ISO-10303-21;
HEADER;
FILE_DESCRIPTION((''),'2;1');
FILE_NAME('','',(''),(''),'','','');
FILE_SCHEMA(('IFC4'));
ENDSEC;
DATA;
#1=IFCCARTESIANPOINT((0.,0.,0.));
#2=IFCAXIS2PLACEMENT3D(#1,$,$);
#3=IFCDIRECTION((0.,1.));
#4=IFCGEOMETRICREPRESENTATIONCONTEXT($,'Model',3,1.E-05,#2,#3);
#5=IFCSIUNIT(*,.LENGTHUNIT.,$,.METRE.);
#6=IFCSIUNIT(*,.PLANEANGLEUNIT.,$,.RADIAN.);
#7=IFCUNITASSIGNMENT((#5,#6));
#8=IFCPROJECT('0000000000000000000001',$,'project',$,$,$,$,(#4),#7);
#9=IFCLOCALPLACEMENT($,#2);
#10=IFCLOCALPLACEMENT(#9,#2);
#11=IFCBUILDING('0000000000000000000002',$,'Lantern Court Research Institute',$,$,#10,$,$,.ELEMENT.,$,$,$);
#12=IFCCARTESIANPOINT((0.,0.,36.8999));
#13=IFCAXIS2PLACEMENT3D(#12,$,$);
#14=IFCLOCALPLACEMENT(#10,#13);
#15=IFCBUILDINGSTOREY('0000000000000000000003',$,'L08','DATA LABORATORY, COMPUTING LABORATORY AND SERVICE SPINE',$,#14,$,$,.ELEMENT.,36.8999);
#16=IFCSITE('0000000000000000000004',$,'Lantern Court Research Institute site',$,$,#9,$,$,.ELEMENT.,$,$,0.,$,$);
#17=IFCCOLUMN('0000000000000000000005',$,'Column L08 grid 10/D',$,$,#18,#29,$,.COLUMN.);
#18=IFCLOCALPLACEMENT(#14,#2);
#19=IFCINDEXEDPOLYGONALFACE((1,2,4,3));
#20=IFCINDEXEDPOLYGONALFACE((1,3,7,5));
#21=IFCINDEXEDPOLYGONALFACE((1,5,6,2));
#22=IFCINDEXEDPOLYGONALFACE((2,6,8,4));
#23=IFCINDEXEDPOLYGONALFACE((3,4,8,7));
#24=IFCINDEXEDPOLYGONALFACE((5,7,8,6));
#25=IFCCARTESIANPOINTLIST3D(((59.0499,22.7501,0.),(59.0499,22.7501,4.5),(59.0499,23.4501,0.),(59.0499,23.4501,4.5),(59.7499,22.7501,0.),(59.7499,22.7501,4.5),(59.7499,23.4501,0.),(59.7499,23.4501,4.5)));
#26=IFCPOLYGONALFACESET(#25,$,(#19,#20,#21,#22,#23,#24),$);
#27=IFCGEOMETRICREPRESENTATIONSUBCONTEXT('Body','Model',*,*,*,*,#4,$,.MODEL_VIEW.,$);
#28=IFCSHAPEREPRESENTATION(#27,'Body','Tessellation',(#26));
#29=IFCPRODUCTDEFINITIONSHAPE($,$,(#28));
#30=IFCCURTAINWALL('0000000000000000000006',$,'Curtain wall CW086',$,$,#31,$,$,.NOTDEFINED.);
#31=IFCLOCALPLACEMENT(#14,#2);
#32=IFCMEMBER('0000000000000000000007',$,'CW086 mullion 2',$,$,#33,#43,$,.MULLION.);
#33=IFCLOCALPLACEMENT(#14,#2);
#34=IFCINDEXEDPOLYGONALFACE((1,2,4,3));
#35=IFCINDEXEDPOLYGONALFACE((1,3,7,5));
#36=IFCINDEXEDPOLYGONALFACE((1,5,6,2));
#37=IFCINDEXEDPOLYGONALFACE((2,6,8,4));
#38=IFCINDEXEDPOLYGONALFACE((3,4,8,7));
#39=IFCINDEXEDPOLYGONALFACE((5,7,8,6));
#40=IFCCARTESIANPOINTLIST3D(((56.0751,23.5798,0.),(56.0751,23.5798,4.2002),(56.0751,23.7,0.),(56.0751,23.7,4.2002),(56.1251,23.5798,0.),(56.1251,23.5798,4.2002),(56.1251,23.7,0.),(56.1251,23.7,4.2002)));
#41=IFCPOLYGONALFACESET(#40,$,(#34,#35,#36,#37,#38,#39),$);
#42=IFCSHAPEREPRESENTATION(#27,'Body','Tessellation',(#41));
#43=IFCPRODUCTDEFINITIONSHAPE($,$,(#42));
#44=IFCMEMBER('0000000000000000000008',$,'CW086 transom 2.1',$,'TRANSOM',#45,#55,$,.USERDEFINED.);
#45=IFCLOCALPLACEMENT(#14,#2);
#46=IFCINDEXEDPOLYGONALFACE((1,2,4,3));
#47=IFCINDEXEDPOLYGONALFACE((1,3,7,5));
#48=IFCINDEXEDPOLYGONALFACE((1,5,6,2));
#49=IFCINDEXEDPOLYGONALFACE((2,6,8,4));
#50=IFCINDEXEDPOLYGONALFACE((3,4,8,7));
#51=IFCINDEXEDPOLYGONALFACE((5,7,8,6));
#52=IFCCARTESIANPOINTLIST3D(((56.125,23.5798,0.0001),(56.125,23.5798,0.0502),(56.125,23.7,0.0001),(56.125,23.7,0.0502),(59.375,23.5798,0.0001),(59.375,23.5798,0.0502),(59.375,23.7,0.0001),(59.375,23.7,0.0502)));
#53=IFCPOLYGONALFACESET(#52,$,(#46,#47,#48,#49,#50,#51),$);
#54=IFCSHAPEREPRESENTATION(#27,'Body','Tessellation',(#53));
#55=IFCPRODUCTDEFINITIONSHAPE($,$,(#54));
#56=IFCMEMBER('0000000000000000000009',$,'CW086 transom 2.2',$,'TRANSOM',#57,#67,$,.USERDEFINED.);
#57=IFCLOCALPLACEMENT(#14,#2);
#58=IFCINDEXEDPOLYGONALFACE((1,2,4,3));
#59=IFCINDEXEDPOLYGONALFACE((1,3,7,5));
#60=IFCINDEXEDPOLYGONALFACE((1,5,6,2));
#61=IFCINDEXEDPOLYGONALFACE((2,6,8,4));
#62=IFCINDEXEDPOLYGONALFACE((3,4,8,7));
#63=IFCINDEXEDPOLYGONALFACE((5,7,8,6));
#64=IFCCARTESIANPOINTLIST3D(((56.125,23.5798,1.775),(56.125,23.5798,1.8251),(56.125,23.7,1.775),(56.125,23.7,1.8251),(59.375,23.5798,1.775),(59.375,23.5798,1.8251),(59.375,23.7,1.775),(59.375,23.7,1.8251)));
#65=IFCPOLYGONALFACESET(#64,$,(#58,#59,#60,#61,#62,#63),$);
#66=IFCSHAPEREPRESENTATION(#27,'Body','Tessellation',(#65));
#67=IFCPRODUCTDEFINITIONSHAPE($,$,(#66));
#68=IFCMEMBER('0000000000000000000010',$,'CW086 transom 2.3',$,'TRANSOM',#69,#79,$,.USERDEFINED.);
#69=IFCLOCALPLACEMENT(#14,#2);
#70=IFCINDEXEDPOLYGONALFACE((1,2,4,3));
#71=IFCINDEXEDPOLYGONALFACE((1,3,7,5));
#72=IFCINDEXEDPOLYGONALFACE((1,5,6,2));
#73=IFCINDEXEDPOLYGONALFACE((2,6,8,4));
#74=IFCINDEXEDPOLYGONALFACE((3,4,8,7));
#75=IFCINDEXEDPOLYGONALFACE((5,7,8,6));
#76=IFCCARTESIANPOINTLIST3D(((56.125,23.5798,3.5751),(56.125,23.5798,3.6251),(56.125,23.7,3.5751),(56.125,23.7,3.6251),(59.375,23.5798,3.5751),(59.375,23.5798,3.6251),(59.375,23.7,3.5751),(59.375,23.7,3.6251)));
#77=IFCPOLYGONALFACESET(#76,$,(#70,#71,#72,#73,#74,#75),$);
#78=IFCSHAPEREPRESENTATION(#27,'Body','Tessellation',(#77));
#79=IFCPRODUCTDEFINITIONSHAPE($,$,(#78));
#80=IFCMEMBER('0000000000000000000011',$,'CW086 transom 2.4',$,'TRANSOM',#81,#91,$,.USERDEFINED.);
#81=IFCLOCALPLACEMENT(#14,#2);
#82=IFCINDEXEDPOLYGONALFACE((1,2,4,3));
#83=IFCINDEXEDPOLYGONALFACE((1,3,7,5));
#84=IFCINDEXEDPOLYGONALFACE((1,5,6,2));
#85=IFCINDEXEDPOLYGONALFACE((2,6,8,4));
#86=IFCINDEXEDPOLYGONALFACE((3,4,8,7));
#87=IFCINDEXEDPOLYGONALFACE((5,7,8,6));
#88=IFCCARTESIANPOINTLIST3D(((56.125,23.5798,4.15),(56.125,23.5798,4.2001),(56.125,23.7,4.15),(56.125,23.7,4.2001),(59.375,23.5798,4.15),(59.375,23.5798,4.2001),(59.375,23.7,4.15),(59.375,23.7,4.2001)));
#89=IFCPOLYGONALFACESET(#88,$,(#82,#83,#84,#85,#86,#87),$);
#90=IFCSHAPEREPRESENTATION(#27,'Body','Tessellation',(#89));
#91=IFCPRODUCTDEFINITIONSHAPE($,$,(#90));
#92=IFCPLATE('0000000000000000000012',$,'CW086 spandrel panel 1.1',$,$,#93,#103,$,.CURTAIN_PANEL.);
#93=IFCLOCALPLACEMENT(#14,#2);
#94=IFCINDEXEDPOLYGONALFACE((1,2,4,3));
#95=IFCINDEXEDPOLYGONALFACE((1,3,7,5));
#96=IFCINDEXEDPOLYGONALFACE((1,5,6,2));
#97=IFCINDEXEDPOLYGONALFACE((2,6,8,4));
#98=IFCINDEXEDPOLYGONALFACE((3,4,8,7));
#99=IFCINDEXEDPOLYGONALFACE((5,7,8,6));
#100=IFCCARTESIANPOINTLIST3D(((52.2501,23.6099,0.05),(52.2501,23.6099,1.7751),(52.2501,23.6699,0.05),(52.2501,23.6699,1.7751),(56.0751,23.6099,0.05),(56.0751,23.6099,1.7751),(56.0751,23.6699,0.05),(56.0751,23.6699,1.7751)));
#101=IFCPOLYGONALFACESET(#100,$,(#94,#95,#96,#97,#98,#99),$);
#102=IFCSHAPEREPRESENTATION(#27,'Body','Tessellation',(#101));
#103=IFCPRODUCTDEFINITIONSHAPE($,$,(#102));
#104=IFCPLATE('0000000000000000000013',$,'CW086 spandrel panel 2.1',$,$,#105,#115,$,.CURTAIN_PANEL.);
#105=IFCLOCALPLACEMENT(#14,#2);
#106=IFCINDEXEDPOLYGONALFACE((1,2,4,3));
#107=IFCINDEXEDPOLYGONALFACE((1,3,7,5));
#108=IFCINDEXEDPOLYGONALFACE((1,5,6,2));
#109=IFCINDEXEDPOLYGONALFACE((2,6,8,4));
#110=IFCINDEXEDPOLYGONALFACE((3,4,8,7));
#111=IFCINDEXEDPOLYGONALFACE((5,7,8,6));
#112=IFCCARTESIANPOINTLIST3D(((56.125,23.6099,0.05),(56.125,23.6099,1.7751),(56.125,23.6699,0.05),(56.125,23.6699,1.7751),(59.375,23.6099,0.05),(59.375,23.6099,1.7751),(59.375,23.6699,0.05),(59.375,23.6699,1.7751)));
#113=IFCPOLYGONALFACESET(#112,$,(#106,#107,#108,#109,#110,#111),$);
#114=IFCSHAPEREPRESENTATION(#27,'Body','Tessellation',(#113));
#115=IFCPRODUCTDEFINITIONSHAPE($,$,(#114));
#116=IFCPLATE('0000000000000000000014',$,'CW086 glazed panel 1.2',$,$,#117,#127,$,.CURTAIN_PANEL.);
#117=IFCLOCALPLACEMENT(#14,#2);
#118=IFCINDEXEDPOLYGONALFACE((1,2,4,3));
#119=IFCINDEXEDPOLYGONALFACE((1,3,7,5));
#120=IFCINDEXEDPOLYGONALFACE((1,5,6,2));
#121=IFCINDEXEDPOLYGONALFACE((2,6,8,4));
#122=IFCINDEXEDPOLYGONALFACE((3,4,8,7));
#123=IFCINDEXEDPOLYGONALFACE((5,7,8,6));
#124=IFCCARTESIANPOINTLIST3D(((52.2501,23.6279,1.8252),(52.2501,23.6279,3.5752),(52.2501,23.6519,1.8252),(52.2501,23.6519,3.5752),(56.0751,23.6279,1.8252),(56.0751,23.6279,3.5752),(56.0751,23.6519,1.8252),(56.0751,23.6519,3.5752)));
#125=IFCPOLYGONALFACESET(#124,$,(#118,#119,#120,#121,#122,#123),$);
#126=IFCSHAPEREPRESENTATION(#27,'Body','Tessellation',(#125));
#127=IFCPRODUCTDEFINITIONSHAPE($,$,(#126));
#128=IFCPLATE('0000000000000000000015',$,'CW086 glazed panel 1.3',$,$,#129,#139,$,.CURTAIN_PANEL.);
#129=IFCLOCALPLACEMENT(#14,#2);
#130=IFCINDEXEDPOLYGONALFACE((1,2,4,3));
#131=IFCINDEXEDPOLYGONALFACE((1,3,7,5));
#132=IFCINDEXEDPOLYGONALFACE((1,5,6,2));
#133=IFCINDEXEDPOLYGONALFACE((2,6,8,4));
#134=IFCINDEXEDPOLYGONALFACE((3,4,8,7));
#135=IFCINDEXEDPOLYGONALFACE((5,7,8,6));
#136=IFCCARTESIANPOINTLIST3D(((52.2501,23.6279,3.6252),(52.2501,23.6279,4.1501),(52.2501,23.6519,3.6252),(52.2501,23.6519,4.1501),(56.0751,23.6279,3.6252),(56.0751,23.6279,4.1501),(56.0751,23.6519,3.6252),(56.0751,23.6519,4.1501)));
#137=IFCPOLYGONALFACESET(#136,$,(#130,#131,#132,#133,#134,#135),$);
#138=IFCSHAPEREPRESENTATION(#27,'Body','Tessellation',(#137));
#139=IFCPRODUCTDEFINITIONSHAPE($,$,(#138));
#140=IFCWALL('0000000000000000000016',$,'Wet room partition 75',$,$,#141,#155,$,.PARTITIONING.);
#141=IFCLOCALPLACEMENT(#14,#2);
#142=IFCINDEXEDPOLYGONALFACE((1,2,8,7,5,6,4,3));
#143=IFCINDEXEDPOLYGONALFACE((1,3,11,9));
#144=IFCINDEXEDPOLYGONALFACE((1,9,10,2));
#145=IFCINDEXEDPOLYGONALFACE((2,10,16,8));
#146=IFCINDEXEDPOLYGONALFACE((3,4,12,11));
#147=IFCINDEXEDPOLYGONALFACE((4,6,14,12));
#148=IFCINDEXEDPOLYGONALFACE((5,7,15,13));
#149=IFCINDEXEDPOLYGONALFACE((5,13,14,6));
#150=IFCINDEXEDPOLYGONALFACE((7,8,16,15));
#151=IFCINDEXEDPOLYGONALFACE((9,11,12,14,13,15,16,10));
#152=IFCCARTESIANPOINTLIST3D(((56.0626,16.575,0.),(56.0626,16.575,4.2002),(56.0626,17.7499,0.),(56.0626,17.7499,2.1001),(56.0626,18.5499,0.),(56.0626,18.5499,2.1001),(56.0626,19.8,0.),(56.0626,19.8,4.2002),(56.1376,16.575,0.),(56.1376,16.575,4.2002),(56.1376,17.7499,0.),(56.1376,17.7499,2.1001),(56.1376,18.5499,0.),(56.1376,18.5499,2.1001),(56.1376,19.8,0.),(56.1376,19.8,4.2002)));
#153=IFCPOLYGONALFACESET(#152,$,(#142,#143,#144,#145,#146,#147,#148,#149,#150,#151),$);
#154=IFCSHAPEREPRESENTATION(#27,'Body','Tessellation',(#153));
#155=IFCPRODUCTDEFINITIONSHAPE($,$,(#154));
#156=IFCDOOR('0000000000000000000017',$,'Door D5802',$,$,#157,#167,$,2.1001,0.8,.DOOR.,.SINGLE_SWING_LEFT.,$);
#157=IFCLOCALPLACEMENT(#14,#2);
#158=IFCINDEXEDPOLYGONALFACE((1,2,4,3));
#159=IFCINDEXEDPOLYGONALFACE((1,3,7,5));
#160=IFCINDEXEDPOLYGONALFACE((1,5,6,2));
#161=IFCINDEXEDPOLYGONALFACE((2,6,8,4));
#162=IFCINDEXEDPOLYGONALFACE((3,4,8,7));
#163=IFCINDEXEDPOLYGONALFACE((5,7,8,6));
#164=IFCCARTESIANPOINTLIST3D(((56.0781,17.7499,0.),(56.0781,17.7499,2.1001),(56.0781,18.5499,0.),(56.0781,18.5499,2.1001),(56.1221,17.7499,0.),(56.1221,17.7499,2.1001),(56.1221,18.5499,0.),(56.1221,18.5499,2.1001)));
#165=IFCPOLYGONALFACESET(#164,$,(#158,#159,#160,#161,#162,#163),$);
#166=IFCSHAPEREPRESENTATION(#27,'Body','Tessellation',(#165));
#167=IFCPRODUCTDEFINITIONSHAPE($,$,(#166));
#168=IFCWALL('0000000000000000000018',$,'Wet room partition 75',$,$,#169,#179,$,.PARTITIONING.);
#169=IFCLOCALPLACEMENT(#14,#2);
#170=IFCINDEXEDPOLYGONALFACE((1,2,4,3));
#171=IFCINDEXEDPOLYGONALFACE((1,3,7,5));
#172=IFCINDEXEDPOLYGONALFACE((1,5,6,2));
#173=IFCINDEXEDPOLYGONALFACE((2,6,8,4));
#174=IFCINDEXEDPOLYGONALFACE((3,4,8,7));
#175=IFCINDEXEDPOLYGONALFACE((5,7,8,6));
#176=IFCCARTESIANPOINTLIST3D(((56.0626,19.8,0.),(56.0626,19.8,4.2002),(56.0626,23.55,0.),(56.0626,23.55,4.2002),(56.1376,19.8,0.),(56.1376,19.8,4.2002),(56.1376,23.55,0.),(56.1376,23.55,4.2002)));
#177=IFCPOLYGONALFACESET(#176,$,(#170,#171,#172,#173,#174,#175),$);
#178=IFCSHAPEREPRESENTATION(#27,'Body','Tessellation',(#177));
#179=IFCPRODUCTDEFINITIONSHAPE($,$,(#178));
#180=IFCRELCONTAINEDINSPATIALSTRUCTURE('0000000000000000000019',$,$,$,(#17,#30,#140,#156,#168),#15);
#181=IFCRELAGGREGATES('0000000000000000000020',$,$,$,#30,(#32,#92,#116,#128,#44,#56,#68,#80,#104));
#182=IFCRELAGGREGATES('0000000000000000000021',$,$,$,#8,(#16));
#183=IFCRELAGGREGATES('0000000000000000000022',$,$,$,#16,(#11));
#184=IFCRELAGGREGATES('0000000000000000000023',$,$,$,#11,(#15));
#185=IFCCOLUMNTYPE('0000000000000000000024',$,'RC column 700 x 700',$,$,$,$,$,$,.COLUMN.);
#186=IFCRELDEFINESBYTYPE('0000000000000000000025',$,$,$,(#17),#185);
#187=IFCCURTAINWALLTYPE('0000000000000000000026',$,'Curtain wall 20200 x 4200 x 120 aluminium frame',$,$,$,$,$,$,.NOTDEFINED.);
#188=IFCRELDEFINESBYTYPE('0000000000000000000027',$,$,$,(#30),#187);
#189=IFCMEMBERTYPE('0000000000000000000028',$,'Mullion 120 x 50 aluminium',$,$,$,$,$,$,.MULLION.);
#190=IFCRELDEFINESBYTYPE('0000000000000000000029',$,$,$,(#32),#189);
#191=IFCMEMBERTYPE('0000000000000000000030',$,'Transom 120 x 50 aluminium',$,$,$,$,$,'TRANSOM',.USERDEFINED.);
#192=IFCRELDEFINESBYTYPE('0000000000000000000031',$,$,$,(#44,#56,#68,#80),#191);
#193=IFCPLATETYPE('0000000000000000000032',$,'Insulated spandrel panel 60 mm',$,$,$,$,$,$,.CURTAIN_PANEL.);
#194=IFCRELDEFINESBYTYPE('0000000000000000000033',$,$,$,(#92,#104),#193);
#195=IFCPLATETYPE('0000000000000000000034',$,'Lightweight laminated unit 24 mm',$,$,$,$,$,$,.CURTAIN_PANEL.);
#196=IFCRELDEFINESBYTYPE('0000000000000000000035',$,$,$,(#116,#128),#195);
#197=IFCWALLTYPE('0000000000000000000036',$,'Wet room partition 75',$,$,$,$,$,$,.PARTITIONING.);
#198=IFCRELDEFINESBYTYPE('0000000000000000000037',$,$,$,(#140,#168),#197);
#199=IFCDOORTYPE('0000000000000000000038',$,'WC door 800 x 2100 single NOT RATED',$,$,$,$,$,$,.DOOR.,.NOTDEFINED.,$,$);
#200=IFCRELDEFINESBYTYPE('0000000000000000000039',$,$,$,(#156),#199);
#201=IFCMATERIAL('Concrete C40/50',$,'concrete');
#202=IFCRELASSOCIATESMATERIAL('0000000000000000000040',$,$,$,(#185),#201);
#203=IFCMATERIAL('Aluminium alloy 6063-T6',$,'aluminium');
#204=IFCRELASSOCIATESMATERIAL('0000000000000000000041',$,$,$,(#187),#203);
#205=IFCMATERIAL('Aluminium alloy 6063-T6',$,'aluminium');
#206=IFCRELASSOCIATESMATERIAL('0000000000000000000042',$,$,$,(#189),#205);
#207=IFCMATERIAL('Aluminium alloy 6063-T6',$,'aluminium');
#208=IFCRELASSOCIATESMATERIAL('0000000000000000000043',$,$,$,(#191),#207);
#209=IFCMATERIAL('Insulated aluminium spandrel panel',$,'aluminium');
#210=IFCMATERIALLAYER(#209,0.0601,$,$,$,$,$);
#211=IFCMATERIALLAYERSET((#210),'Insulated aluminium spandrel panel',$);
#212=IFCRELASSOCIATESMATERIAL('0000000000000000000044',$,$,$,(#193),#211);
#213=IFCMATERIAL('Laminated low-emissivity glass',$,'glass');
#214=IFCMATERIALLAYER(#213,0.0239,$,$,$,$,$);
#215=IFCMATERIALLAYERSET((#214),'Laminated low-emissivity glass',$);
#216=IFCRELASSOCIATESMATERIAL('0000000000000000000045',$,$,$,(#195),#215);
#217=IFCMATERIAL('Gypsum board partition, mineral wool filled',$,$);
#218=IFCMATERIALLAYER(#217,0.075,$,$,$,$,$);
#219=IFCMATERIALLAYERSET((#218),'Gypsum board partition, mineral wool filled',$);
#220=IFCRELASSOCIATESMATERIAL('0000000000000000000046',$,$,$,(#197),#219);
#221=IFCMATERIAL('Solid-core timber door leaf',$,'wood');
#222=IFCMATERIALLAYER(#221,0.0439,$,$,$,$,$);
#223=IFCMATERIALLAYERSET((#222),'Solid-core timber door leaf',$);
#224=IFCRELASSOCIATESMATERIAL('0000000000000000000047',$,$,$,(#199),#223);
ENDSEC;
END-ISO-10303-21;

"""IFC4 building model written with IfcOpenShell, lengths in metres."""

from ifc_helpers import new_model, si_unit, direction, frame, frame_2d, origin, origin_2d, place, context, subcontext, project, spatial, rectangle, extrude, material, layer, layer_set, material_profile, profile_set, type_object, element, fill, aggregate, save


model = new_model("IFC4")

# Units and contexts
model_context = context("Model", 3, precision=1e-05, world=origin(), true_north=direction((0.0, 1.0)))
body_context = subcontext(model_context, "Body", "Model", "MODEL_VIEW")
ifc_project = project(units=[si_unit("LENGTHUNIT", "METRE"), si_unit("PLANEANGLEUNIT", "RADIAN")], contexts=[model_context])

# Site, building, storey
site_placement = place(None, origin())
site = spatial("IfcSite", under=ifc_project, at=site_placement, Name="Lantern Court Research Institute site", CompositionType="ELEMENT", RefElevation=0.0)
building_placement = place(site_placement, origin())
building = spatial("IfcBuilding", under=site, at=building_placement, Name="Lantern Court Research Institute", CompositionType="ELEMENT")
storey_placement = place(building_placement, frame((0.0, 0.0, 36.8999)))
storey = spatial("IfcBuildingStorey", under=building, at=storey_placement, Name="L08", Description="DATA LABORATORY, COMPUTING LABORATORY AND SERVICE SPINE", CompositionType="ELEMENT", Elevation=36.8999)

# Column
ifc_material_1 = material(Name="Concrete C40/50", Category="concrete")
ifc_material_profile_1 = material_profile(ifc_material_1, rectangle(XDim=0.7, YDim=0.7, at=origin_2d()), Name="RC column 700 x 700")
ifc_profile_set_1 = profile_set([ifc_material_profile_1], Name="Concrete C40/50")
column_type = type_object("IfcColumnType", Name="RC column 700 x 700", PredefinedType="COLUMN", material=ifc_profile_set_1)
column_placement = place(storey_placement, frame((59.3999, 23.1001, 0.0), z_axis=(0.0, 0.0, 1.0), x_axis=(1.0, 0.0, 0.0)))
element("IfcColumn", 1, at=column_placement, inside=storey, type_object=column_type, Name="Column L08 grid 10/D", PredefinedType="COLUMN", context=body_context, shape_type="SweptSolid", body=[
    extrude(rectangle(XDim=0.7, YDim=0.7, at=origin_2d()), origin(), (0.0, 0.0, 1.0), 4.5),
])

# Curtain wall, members, plates
ifc_material_2 = material(Name="Aluminium alloy 6063-T6", Category="aluminium")
curtain_wall_type = type_object("IfcCurtainWallType", Name="Curtain wall 20200 x 4200 x 120 aluminium frame", PredefinedType="NOTDEFINED", material=ifc_material_2)
curtain_wall_placement = place(storey_placement, origin())
curtain_wall = element("IfcCurtainWall", 2, at=curtain_wall_placement, inside=storey, type_object=curtain_wall_type, Name="Curtain wall CW086", PredefinedType="NOTDEFINED")
ifc_material_3 = material(Name="Aluminium alloy 6063-T6", Category="aluminium")
ifc_material_profile_2 = material_profile(ifc_material_3, rectangle(XDim=0.1201, YDim=0.05, at=origin_2d()), Name="Mullion 120 x 50")
ifc_profile_set_2 = profile_set([ifc_material_profile_2], Name="Aluminium alloy 6063-T6")
member_type_1 = type_object("IfcMemberType", Name="Mullion 120 x 50 aluminium", PredefinedType="MULLION", material=ifc_profile_set_2)
member_1_placement = place(storey_placement, frame((56.1001, 23.6399, 0.0), z_axis=(0.0, 0.0, 1.0), x_axis=(0.0, 1.0, 0.0)))
member_1 = element("IfcMember", 3, at=member_1_placement, type_object=member_type_1, Name="CW086 mullion 2", PredefinedType="MULLION", context=body_context, shape_type="SweptSolid", body=[
    extrude(rectangle(XDim=0.1201, YDim=0.05, at=origin_2d()), origin(), (0.0, 0.0, 1.0), 4.2002),
])
ifc_material_4 = material(Name="Aluminium alloy 6063-T6", Category="aluminium")
ifc_material_profile_3 = material_profile(ifc_material_4, rectangle(XDim=0.1201, YDim=0.05, at=origin_2d()), Name="Transom 120 x 50")
ifc_profile_set_3 = profile_set([ifc_material_profile_3], Name="Aluminium alloy 6063-T6")
member_type_2 = type_object("IfcMemberType", Name="Transom 120 x 50 aluminium", ElementType="TRANSOM", PredefinedType="USERDEFINED", material=ifc_profile_set_3)
member_2_placement = place(storey_placement, frame((56.125, 23.6399, 0.0251), z_axis=(1.0, 0.0, 0.0), x_axis=(0.0, 1.0, 0.0)))
member_2 = element("IfcMember", 4, at=member_2_placement, type_object=member_type_2, Name="CW086 transom 2.1", ObjectType="TRANSOM", PredefinedType="USERDEFINED", context=body_context, shape_type="SweptSolid", body=[
    extrude(rectangle(XDim=0.1201, YDim=0.05, at=origin_2d()), origin(), (0.0, 0.0, 1.0), 3.25),
])
member_3_placement = place(storey_placement, frame((56.125, 23.6399, 1.8), z_axis=(1.0, 0.0, 0.0), x_axis=(0.0, 1.0, 0.0)))
member_3 = element("IfcMember", 5, at=member_3_placement, type_object=member_type_2, Name="CW086 transom 2.2", ObjectType="TRANSOM", PredefinedType="USERDEFINED", context=body_context, shape_type="SweptSolid", body=[
    extrude(rectangle(XDim=0.1201, YDim=0.05, at=origin_2d()), origin(), (0.0, 0.0, 1.0), 3.25),
])
member_4_placement = place(storey_placement, frame((56.125, 23.6399, 3.6001), z_axis=(1.0, 0.0, 0.0), x_axis=(0.0, 1.0, 0.0)))
member_4 = element("IfcMember", 6, at=member_4_placement, type_object=member_type_2, Name="CW086 transom 2.3", ObjectType="TRANSOM", PredefinedType="USERDEFINED", context=body_context, shape_type="SweptSolid", body=[
    extrude(rectangle(XDim=0.1201, YDim=0.05, at=origin_2d()), origin(), (0.0, 0.0, 1.0), 3.25),
])
member_5_placement = place(storey_placement, frame((56.125, 23.6399, 4.175), z_axis=(1.0, 0.0, 0.0), x_axis=(0.0, 1.0, 0.0)))
member_5 = element("IfcMember", 7, at=member_5_placement, type_object=member_type_2, Name="CW086 transom 2.4", ObjectType="TRANSOM", PredefinedType="USERDEFINED", context=body_context, shape_type="SweptSolid", body=[
    extrude(rectangle(XDim=0.1201, YDim=0.05, at=origin_2d()), origin(), (0.0, 0.0, 1.0), 3.25),
])
ifc_material_5 = material(Name="Insulated aluminium spandrel panel", Category="aluminium")
ifc_layer_1 = layer(ifc_material_5, 0.0601)
ifc_layer_set_1 = layer_set([ifc_layer_1], Name="Insulated aluminium spandrel panel")
plate_type_1 = type_object("IfcPlateType", Name="Insulated spandrel panel 60 mm", PredefinedType="CURTAIN_PANEL", material=ifc_layer_set_1)
plate_1_placement = place(storey_placement, frame((54.1626, 23.6399, 0.05), z_axis=(0.0, 0.0, 1.0), x_axis=(1.0, 0.0, 0.0)))
plate_1 = element("IfcPlate", 8, at=plate_1_placement, type_object=plate_type_1, Name="CW086 spandrel panel 1.1", PredefinedType="CURTAIN_PANEL", context=body_context, shape_type="SweptSolid", body=[
    extrude(rectangle(XDim=3.825, YDim=0.0601, at=origin_2d()), origin(), (0.0, 0.0, 1.0), 1.7251),
])
plate_2_placement = place(storey_placement, frame((57.75, 23.6399, 0.05), z_axis=(0.0, 0.0, 1.0), x_axis=(1.0, 0.0, 0.0)))
plate_2 = element("IfcPlate", 9, at=plate_2_placement, type_object=plate_type_1, Name="CW086 spandrel panel 2.1", PredefinedType="CURTAIN_PANEL", context=body_context, shape_type="SweptSolid", body=[
    extrude(rectangle(XDim=3.25, YDim=0.0601, at=origin_2d()), origin(), (0.0, 0.0, 1.0), 1.7251),
])
ifc_material_6 = material(Name="Laminated low-emissivity glass", Category="glass")
ifc_layer_2 = layer(ifc_material_6, 0.0239)
ifc_layer_set_2 = layer_set([ifc_layer_2], Name="Laminated low-emissivity glass")
plate_type_2 = type_object("IfcPlateType", Name="Lightweight laminated unit 24 mm", PredefinedType="CURTAIN_PANEL", material=ifc_layer_set_2)
plate_3_placement = place(storey_placement, frame((54.1626, 23.6399, 1.8252), z_axis=(0.0, 0.0, 1.0), x_axis=(1.0, 0.0, 0.0)))
plate_3 = element("IfcPlate", 10, at=plate_3_placement, type_object=plate_type_2, Name="CW086 glazed panel 1.2", PredefinedType="CURTAIN_PANEL", context=body_context, shape_type="SweptSolid", body=[
    extrude(rectangle(XDim=3.825, YDim=0.0239, at=origin_2d()), origin(), (0.0, 0.0, 1.0), 1.75),
])
plate_4_placement = place(storey_placement, frame((54.1626, 23.6399, 3.6252), z_axis=(0.0, 0.0, 1.0), x_axis=(1.0, 0.0, 0.0)))
plate_4 = element("IfcPlate", 11, at=plate_4_placement, type_object=plate_type_2, Name="CW086 glazed panel 1.3", PredefinedType="CURTAIN_PANEL", context=body_context, shape_type="SweptSolid", body=[
    extrude(rectangle(XDim=3.825, YDim=0.0239, at=origin_2d()), origin(), (0.0, 0.0, 1.0), 0.5249),
])
aggregate(curtain_wall, [member_1, plate_1, plate_3, plate_4, member_2, member_3, member_4, member_5, plate_2])

# Wall, opening, door
ifc_material_7 = material(Name="Gypsum board partition, mineral wool filled")
ifc_layer_3 = layer(ifc_material_7, 0.075)
ifc_layer_set_3 = layer_set([ifc_layer_3], Name="Gypsum board partition, mineral wool filled")
wall_type = type_object("IfcWallType", Name="Wet room partition 75", PredefinedType="PARTITIONING", material=ifc_layer_set_3)
wall_1_placement = place(storey_placement, frame((56.1001, 16.575, 0.0), z_axis=(0.0, 0.0, 1.0), x_axis=(0.0, 1.0, 0.0)))
wall_1 = element("IfcWall", 12, at=wall_1_placement, inside=storey, type_object=wall_type, Name="Wet room partition 75", PredefinedType="PARTITIONING", context=body_context, shape_type="SweptSolid", body=[
    extrude(rectangle(XDim=3.2251, YDim=0.075, at=frame_2d((1.6125, 0.0))), origin(), (0.0, 0.0, 1.0), 4.2002),
])
opening_1_placement = place(wall_1_placement, frame((1.175, 0.0, 0.0)))
opening_1 = element("IfcOpeningElement", 13, at=opening_1_placement, cuts=wall_1, PredefinedType="OPENING", context=body_context, shape_type="SweptSolid", body=[
    extrude(rectangle(XDim=0.8, YDim=2.1001, at=frame_2d((0.3999, 1.05))), frame((0.0, 0.0474, 0.0), z_axis=(0.0, -1.0, 0.0), x_axis=(1.0, 0.0, 0.0)), (0.0, 0.0, 1.0), 0.095),
])
ifc_material_8 = material(Name="Solid-core timber door leaf", Category="wood")
ifc_layer_4 = layer(ifc_material_8, 0.0439)
ifc_layer_set_4 = layer_set([ifc_layer_4], Name="Solid-core timber door leaf")
door_type_1 = type_object("IfcDoorType", Name="WC door 800 x 2100 single NOT RATED", OperationType="NOTDEFINED", PredefinedType="DOOR", material=ifc_layer_set_4)
door_1_placement = place(opening_1_placement, origin())
door_1 = element("IfcDoor", 14, at=door_1_placement, inside=storey, type_object=door_type_1, Name="Door D5802", OperationType="SINGLE_SWING_LEFT", OverallHeight=2.1001, OverallWidth=0.8, PredefinedType="DOOR", context=body_context, shape_type="SweptSolid", body=[
    extrude(rectangle(XDim=0.8, YDim=2.1001, at=frame_2d((0.3999, 1.05))), frame((0.0, 0.022, 0.0), z_axis=(0.0, -1.0, 0.0), x_axis=(1.0, 0.0, 0.0)), (0.0, 0.0, 1.0), 0.0439),
])
fill(opening_1, door_1)

# Wall
wall_2_placement = place(storey_placement, frame((56.1001, 19.8, 0.0), z_axis=(0.0, 0.0, 1.0), x_axis=(0.0, 1.0, 0.0)))
element("IfcWall", 15, at=wall_2_placement, inside=storey, type_object=wall_type, Name="Wet room partition 75", PredefinedType="PARTITIONING", context=body_context, shape_type="SweptSolid", body=[
    extrude(rectangle(XDim=3.75, YDim=0.075, at=frame_2d((1.875, 0.0))), origin(), (0.0, 0.0, 1.0), 4.2002),
])

save(model, "model.ifc")
